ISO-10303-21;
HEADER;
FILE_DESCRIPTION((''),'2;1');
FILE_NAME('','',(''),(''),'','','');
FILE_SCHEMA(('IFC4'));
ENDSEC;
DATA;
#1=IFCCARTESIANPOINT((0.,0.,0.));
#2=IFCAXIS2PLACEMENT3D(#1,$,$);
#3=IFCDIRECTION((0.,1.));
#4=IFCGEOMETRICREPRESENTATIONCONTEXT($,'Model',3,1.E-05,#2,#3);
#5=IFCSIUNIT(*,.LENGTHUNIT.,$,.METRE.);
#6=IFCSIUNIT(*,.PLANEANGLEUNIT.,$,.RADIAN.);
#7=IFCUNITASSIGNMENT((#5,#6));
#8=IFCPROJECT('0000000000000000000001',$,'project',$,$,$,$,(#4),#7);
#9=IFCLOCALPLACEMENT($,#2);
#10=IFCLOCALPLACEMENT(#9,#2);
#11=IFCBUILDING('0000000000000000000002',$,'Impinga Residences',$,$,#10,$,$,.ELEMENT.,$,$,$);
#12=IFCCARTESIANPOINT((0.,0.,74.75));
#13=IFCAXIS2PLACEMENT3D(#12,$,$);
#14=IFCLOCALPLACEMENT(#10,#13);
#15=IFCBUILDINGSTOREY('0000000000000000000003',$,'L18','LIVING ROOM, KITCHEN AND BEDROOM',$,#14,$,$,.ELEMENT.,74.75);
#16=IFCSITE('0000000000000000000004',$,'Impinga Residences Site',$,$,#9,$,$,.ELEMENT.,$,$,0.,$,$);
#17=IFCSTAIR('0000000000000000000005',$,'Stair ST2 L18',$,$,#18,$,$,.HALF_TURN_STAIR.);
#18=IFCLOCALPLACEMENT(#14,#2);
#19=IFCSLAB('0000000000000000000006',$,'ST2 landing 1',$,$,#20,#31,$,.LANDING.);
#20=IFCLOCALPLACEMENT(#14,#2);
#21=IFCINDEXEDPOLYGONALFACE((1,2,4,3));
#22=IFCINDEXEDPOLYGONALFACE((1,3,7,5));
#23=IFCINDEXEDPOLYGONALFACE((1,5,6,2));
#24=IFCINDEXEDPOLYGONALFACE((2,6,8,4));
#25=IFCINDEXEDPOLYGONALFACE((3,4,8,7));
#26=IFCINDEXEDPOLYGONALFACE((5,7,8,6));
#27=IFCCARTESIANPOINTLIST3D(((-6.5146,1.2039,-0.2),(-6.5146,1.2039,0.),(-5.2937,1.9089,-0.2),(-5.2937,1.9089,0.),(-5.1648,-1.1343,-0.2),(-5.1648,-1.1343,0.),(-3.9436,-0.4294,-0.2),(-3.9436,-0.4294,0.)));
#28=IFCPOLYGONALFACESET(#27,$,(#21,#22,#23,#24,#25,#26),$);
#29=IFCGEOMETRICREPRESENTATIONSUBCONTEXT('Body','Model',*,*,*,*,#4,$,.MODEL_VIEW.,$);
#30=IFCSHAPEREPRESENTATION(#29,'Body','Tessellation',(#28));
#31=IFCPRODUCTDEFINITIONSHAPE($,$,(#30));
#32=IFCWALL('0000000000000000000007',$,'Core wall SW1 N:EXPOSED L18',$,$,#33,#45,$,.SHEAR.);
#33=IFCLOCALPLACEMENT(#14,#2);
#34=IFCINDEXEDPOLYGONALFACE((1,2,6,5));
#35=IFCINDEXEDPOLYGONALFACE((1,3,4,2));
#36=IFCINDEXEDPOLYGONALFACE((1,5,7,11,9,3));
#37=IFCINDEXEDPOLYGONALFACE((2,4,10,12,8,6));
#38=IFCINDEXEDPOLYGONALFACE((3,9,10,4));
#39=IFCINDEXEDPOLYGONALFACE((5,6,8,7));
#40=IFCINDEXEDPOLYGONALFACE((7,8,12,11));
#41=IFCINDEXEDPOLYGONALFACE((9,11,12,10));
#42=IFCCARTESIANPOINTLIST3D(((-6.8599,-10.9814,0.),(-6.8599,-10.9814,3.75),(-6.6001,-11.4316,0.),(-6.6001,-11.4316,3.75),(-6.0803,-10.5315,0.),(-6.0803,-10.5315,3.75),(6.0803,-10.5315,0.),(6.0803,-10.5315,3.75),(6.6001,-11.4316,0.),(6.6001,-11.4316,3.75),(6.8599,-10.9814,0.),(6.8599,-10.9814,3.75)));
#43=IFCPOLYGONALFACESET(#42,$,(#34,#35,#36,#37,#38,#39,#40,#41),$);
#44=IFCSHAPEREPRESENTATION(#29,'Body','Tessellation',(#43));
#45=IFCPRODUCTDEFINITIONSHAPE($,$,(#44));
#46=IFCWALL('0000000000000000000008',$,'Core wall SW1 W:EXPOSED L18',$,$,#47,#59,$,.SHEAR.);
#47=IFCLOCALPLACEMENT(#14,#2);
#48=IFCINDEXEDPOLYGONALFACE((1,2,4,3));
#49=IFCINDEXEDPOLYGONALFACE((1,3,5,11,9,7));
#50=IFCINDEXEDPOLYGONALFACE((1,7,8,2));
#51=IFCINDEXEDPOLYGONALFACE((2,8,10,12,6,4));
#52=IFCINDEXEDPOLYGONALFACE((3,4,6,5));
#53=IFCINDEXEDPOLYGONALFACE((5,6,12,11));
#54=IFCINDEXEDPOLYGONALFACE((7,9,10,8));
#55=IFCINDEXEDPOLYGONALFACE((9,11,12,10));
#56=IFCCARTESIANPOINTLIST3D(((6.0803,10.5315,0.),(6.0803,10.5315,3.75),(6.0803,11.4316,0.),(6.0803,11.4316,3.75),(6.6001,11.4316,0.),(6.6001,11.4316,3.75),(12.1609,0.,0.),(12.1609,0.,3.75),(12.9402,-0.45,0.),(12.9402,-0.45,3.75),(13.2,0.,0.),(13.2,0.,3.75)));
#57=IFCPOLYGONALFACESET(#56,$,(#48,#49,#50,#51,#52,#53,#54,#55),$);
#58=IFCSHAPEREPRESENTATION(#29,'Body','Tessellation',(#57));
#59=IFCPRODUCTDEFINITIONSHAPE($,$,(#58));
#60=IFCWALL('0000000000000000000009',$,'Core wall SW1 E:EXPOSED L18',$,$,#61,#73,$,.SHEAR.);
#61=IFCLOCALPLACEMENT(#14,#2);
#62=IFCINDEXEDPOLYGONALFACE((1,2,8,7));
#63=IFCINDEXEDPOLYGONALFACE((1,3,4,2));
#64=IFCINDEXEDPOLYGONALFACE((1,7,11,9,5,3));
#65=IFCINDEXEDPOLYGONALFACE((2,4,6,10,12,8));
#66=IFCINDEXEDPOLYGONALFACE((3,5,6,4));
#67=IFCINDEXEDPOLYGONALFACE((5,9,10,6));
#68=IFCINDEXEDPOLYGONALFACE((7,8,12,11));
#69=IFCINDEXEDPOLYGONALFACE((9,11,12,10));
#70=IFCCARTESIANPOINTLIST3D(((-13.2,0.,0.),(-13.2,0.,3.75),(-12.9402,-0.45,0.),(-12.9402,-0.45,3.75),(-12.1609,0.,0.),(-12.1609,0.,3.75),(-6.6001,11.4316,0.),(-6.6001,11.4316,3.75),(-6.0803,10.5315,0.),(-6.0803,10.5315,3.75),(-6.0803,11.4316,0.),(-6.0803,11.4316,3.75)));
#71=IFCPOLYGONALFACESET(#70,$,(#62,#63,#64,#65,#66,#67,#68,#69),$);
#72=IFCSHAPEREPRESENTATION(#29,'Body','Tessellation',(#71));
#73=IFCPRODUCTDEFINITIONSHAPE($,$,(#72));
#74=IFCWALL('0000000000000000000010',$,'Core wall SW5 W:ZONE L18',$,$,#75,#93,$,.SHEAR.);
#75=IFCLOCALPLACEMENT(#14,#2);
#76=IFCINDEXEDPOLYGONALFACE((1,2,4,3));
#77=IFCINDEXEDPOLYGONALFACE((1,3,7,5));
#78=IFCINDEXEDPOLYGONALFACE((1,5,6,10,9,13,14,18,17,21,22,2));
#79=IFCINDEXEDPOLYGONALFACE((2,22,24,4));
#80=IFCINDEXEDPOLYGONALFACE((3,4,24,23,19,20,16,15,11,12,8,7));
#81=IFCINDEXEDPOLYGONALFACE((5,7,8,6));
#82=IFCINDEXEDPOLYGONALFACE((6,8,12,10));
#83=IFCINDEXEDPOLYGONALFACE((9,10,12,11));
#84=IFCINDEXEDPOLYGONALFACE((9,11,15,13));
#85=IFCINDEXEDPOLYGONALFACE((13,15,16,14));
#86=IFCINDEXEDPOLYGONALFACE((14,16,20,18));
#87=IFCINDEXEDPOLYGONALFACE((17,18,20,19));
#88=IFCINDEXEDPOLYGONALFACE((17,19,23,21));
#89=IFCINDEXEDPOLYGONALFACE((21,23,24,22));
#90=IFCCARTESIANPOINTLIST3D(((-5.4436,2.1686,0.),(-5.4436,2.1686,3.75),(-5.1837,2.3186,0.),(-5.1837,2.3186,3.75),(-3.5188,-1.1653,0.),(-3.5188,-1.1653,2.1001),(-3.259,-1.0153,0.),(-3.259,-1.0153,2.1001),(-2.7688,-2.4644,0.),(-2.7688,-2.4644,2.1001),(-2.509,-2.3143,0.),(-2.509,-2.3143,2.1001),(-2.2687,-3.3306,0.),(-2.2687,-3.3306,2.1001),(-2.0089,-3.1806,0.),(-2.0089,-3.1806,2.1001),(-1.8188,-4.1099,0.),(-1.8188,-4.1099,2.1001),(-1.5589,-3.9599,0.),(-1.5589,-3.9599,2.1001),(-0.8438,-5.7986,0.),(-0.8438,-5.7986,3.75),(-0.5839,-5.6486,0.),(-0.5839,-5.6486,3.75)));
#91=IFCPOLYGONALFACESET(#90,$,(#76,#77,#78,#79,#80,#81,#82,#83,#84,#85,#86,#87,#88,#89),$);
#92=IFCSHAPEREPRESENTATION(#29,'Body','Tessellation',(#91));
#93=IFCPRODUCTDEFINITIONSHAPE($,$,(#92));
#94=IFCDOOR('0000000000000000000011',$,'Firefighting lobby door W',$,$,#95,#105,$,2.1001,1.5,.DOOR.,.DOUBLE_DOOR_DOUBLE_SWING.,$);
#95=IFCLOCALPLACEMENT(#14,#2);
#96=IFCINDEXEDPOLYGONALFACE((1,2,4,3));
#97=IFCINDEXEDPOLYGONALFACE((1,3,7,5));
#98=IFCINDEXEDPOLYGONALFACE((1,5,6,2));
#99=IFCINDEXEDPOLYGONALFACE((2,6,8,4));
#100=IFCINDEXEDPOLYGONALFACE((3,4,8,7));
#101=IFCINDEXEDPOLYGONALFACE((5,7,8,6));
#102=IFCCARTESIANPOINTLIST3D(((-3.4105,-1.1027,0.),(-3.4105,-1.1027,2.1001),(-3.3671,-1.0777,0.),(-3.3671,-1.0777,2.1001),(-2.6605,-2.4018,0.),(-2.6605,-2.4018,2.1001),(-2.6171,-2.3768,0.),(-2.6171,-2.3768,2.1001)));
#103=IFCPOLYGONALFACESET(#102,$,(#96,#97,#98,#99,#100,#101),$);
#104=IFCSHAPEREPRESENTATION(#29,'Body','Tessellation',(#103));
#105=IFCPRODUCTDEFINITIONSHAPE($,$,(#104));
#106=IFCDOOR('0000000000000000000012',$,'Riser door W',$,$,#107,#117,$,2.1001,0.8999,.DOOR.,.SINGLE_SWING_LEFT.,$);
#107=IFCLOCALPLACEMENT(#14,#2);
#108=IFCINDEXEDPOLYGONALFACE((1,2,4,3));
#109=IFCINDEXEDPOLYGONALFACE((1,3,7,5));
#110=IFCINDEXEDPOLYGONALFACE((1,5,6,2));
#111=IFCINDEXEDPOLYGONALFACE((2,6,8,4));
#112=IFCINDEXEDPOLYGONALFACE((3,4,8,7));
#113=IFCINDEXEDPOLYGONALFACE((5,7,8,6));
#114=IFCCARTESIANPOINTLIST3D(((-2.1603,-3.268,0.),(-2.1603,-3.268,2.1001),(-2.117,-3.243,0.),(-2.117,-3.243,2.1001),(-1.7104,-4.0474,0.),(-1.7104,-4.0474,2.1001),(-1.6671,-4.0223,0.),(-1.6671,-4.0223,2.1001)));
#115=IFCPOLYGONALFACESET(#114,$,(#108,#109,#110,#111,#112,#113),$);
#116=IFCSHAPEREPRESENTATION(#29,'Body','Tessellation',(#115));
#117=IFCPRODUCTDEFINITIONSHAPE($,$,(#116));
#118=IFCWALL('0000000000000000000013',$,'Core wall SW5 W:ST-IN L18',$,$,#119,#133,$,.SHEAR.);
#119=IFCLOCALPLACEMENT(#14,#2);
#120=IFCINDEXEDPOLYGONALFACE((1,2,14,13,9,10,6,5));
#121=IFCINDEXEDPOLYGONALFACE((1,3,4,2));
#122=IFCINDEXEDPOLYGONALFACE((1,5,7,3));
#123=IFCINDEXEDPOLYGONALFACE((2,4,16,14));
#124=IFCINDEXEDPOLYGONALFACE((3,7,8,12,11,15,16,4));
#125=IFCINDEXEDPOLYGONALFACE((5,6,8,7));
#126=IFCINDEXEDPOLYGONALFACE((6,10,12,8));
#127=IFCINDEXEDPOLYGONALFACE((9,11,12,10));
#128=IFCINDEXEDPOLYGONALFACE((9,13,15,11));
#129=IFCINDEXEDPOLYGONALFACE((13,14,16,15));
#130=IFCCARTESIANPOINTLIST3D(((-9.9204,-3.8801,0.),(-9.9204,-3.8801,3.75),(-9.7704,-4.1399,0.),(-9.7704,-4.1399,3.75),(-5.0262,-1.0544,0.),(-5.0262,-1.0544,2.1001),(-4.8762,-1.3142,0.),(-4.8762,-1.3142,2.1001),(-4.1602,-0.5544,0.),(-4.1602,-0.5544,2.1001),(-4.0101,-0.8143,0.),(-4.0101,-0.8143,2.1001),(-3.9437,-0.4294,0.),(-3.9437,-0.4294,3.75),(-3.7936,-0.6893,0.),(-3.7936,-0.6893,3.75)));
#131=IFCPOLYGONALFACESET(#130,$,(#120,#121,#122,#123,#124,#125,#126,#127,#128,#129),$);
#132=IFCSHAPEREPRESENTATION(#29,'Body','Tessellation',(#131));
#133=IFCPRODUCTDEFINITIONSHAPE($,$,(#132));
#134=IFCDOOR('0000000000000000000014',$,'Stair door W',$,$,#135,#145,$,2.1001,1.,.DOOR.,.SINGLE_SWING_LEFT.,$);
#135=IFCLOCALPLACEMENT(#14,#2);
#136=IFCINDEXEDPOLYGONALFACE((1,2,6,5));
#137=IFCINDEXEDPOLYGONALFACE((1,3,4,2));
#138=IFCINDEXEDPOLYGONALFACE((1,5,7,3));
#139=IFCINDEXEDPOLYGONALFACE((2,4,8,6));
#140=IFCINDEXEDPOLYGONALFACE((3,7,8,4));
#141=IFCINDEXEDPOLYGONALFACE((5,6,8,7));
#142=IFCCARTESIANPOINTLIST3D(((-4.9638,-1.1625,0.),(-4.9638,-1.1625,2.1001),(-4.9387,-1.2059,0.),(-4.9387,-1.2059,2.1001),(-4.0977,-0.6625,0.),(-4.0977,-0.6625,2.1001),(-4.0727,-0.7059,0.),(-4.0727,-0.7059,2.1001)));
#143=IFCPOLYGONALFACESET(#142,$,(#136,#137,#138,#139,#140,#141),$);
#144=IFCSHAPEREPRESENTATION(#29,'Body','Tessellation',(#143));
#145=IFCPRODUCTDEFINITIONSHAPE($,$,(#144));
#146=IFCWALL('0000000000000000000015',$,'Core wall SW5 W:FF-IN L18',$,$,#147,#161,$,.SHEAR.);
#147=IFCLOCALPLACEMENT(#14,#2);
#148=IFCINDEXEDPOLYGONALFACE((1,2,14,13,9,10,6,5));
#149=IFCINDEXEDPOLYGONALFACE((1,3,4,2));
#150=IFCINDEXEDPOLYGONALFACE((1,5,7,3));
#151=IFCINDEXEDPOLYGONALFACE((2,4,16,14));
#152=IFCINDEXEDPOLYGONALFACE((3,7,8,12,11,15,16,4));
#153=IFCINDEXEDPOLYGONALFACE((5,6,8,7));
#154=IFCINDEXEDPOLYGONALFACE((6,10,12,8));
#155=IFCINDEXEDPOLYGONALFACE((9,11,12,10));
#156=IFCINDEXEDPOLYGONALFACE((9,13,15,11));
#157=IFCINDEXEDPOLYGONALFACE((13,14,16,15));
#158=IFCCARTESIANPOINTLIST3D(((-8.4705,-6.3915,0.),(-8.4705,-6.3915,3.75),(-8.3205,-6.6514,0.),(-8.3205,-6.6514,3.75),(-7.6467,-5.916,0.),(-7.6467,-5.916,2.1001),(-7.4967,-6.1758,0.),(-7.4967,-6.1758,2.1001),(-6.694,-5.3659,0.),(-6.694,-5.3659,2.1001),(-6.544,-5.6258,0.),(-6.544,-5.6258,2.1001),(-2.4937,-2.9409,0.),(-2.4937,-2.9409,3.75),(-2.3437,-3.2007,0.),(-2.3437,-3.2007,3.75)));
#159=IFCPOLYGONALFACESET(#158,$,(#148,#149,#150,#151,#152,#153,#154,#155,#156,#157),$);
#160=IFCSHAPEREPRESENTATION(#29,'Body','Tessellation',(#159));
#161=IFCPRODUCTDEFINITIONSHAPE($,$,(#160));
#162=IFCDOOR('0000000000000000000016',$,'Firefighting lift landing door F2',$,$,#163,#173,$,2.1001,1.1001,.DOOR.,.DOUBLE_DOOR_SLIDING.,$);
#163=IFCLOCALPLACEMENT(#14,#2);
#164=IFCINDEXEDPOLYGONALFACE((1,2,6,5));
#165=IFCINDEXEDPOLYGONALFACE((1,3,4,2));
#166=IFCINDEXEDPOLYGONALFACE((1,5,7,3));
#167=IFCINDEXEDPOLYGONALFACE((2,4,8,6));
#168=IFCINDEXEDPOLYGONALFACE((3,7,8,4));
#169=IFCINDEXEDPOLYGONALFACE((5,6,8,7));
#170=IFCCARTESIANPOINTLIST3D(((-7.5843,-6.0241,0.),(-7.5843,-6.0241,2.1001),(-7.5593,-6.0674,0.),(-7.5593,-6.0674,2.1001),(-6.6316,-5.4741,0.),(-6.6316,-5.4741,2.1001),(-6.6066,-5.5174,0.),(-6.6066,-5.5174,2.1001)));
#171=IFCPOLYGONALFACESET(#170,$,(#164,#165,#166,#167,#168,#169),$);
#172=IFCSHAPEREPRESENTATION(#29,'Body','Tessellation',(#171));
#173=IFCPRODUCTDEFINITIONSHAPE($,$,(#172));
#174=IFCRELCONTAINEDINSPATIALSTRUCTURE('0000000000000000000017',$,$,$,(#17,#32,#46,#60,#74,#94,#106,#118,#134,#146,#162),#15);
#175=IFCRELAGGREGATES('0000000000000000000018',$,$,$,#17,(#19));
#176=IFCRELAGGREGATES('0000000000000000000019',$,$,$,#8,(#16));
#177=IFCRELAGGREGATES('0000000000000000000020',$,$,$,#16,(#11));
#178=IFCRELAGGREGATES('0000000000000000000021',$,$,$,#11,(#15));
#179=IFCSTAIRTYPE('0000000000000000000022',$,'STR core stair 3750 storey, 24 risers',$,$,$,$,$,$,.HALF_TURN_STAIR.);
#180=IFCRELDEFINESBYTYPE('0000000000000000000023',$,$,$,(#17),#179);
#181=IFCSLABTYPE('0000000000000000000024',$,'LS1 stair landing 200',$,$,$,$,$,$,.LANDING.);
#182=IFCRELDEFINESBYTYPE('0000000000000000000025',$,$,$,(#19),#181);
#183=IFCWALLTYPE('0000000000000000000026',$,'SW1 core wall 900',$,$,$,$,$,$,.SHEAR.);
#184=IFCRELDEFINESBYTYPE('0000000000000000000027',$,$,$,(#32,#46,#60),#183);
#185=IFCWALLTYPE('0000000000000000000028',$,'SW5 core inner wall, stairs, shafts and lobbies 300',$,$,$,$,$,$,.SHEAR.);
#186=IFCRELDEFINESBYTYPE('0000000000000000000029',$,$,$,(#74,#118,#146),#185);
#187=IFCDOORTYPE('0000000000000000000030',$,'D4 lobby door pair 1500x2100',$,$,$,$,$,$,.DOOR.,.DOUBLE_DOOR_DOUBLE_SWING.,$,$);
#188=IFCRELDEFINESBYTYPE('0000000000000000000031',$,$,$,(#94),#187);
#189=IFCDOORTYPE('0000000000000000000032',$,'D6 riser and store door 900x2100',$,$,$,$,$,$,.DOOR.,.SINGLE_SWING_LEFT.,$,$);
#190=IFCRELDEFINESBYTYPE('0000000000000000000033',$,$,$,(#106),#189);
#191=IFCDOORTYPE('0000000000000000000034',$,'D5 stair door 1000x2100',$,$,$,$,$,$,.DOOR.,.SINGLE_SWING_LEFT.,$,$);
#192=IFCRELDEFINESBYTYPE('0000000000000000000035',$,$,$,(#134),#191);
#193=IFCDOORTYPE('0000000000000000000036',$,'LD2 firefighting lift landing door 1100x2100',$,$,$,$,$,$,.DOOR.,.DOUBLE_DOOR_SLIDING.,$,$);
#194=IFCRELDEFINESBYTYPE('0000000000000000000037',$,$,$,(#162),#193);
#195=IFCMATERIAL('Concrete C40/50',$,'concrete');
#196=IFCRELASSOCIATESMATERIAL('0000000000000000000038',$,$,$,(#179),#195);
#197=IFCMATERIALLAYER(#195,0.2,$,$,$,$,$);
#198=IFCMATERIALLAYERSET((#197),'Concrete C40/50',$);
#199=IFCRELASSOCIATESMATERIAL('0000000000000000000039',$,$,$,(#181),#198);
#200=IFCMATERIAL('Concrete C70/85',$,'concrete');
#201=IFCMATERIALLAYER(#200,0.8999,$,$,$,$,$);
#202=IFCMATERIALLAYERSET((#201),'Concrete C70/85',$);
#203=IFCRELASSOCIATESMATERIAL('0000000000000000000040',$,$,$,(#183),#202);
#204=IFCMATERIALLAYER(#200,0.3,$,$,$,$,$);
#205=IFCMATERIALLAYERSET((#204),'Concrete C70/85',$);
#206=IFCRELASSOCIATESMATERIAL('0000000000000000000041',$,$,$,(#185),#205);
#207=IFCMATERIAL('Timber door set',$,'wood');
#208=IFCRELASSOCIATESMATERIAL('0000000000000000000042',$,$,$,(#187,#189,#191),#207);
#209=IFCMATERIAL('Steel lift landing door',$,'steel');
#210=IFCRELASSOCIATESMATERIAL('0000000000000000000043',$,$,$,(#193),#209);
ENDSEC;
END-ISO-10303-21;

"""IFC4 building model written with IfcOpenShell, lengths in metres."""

from ifc_helpers import new_model, si_unit, direction, frame, frame_2d, origin, place, context, subcontext, project, spatial, polyline, rectangle, outline, extrude, material, layer, layer_set, type_object, element, fill, aggregate, save


model = new_model("IFC4")

# Units and contexts
model_context = context("Model", 3, precision=1e-05, world=origin(), true_north=direction((0.0, 1.0)))
body_context = subcontext(model_context, "Body", "Model", "MODEL_VIEW")
ifc_project = project(units=[si_unit("LENGTHUNIT", "METRE"), si_unit("PLANEANGLEUNIT", "RADIAN")], contexts=[model_context])

# Site, building, storey
site_placement = place(None, origin())
site = spatial("IfcSite", under=ifc_project, at=site_placement, Name="Impinga Residences Site", CompositionType="ELEMENT", RefElevation=0.0)
building_placement = place(site_placement, origin())
building = spatial("IfcBuilding", under=site, at=building_placement, Name="Impinga Residences", CompositionType="ELEMENT")
storey_placement = place(building_placement, frame((0.0, 0.0, 74.75)))
storey = spatial("IfcBuildingStorey", under=building, at=storey_placement, Name="L18", Description="LIVING ROOM, KITCHEN AND BEDROOM", CompositionType="ELEMENT", Elevation=74.75)

# Shared definitions
ifc_material_1 = material(Name="Concrete C40/50", Category="concrete")
stair_type = type_object("IfcStairType", Name="STR core stair 3750 storey, 24 risers", PredefinedType="HALF_TURN_STAIR", material=ifc_material_1)
ifc_layer_1 = layer(ifc_material_1, 0.2)
ifc_layer_set_1 = layer_set([ifc_layer_1], Name="Concrete C40/50")
slab_type_1 = type_object("IfcSlabType", Name="LS1 stair landing 200", PredefinedType="LANDING", material=ifc_layer_set_1)

# Stair, slab
stair_1_placement = place(storey_placement, origin())
stair_1 = element("IfcStair", 1, at=stair_1_placement, inside=storey, type_object=stair_type, Name="Stair ST2 L18", PredefinedType="HALF_TURN_STAIR")
slab_1_placement = place(storey_placement, frame((0.0, 0.0, -0.2)))
slab_1 = element("IfcSlab", 2, at=slab_1_placement, type_object=slab_type_1, Name="ST2 landing 1", PredefinedType="LANDING", context=body_context, shape_type="SweptSolid", body=[
    extrude(outline(polyline([(-3.9436, -0.4294), (-5.2937, 1.9089), (-6.5146, 1.2039), (-5.1648, -1.1343), (-3.9436, -0.4294)])), origin(), (0.0, 0.0, 1.0), 0.2),
])

# Walls
ifc_material_2 = material(Name="Concrete C70/85", Category="concrete")
ifc_layer_2 = layer(ifc_material_2, 0.8999)
ifc_layer_set_2 = layer_set([ifc_layer_2], Name="Concrete C70/85")
wall_type_1 = type_object("IfcWallType", Name="SW1 core wall 900", PredefinedType="SHEAR", material=ifc_layer_set_2)
wall_1_placement = place(storey_placement, origin())
element("IfcWall", 3, at=wall_1_placement, inside=storey, type_object=wall_type_1, Name="Core wall SW1 N:EXPOSED L18", PredefinedType="SHEAR", context=body_context, shape_type="SweptSolid", body=[
    extrude(outline(polyline([(-6.6001, -11.4316), (6.6001, -11.4316), (6.8599, -10.9814), (6.0803, -10.5315), (-6.0803, -10.5315), (-6.8599, -10.9814), (-6.6001, -11.4316)])), origin(), (0.0, 0.0, 1.0), 3.75),
])
wall_2_placement = place(storey_placement, origin())
element("IfcWall", 4, at=wall_2_placement, inside=storey, type_object=wall_type_1, Name="Core wall SW1 W:EXPOSED L18", PredefinedType="SHEAR", context=body_context, shape_type="SweptSolid", body=[
    extrude(outline(polyline([(13.2, 0.0), (6.6001, 11.4316), (6.0803, 11.4316), (6.0803, 10.5315), (12.1609, 0.0), (12.9402, -0.45), (13.2, 0.0)])), origin(), (0.0, 0.0, 1.0), 3.75),
])
wall_3_placement = place(storey_placement, origin())
element("IfcWall", 5, at=wall_3_placement, inside=storey, type_object=wall_type_1, Name="Core wall SW1 E:EXPOSED L18", PredefinedType="SHEAR", context=body_context, shape_type="SweptSolid", body=[
    extrude(outline(polyline([(-6.6001, 11.4316), (-13.2, 0.0), (-12.9402, -0.45), (-12.1609, 0.0), (-6.0803, 10.5315), (-6.0803, 11.4316), (-6.6001, 11.4316)])), origin(), (0.0, 0.0, 1.0), 3.75),
])

# Wall, openings, doors
ifc_layer_3 = layer(ifc_material_2, 0.3)
ifc_layer_set_3 = layer_set([ifc_layer_3], Name="Concrete C70/85")
wall_type_2 = type_object("IfcWallType", Name="SW5 core inner wall, stairs, shafts and lobbies 300", PredefinedType="SHEAR", material=ifc_layer_set_3)
wall_4_placement = place(storey_placement, frame((-0.7139, -5.7236, 0.0), z_axis=(0.0, 0.0, 1.0), x_axis=(-0.499995, 0.866028, 0.0)))
wall_4 = element("IfcWall", 6, at=wall_4_placement, inside=storey, type_object=wall_type_2, Name="Core wall SW5 W:ZONE L18", PredefinedType="SHEAR", context=body_context, shape_type="SweptSolid", body=[
    extrude(rectangle(XDim=9.1997, YDim=0.3, at=frame_2d((4.5999, 0.0))), origin(), (0.0, 0.0, 1.0), 3.75),
])
opening_1_placement = place(wall_4_placement, frame((3.8501, 0.0, 0.0)))
opening_1 = element("IfcOpeningElement", 7, at=opening_1_placement, cuts=wall_4, PredefinedType="OPENING", context=body_context, shape_type="SweptSolid", body=[
    extrude(rectangle(XDim=1.5, YDim=2.1001, at=frame_2d((0.75, 1.05))), frame((0.0, 0.1599, 0.0), z_axis=(0.0, -1.0, 0.0), x_axis=(1.0, 0.0, 0.0)), (0.0, 0.0, 1.0), 0.3201),
])
opening_2_placement = place(wall_4_placement, frame((1.95, 0.0, 0.0)))
opening_2 = element("IfcOpeningElement", 8, at=opening_2_placement, cuts=wall_4, PredefinedType="OPENING", context=body_context, shape_type="SweptSolid", body=[
    extrude(rectangle(XDim=0.8999, YDim=2.1001, at=frame_2d((0.45, 1.05))), frame((0.0, 0.1599, 0.0), z_axis=(0.0, -1.0, 0.0), x_axis=(1.0, 0.0, 0.0)), (0.0, 0.0, 1.0), 0.3201),
])
ifc_material_3 = material(Name="Timber door set", Category="wood")
door_type_1 = type_object("IfcDoorType", Name="D4 lobby door pair 1500x2100", OperationType="DOUBLE_DOOR_DOUBLE_SWING", PredefinedType="DOOR", material=ifc_material_3)
door_1_placement = place(opening_1_placement, origin())
door_1 = element("IfcDoor", 9, at=door_1_placement, inside=storey, type_object=door_type_1, Name="Firefighting lobby door W", OperationType="DOUBLE_DOOR_DOUBLE_SWING", OverallHeight=2.1001, OverallWidth=1.5, PredefinedType="DOOR", context=body_context, shape_type="SweptSolid", body=[
    extrude(rectangle(XDim=1.5, YDim=2.1001, at=frame_2d((0.75, 1.05))), frame((0.0, 0.0249, 0.0), z_axis=(0.0, -1.0, 0.0), x_axis=(1.0, 0.0, 0.0)), (0.0, 0.0, 1.0), 0.05),
])
fill(opening_1, door_1)
door_type_2 = type_object("IfcDoorType", Name="D6 riser and store door 900x2100", OperationType="SINGLE_SWING_LEFT", PredefinedType="DOOR", material=ifc_material_3)
door_2_placement = place(opening_2_placement, origin())
door_2 = element("IfcDoor", 10, at=door_2_placement, inside=storey, type_object=door_type_2, Name="Riser door W", OperationType="SINGLE_SWING_LEFT", OverallHeight=2.1001, OverallWidth=0.8999, PredefinedType="DOOR", context=body_context, shape_type="SweptSolid", body=[
    extrude(rectangle(XDim=0.8999, YDim=2.1001, at=frame_2d((0.45, 1.05))), frame((0.0, 0.0249, 0.0), z_axis=(0.0, -1.0, 0.0), x_axis=(1.0, 0.0, 0.0)), (0.0, 0.0, 1.0), 0.05),
])
fill(opening_2, door_2)

# Walls, openings, doors
wall_5_placement = place(storey_placement, frame((-3.8687, -0.5593, 0.0), z_axis=(0.0, 0.0, 1.0), x_axis=(-0.866027, -0.499997, 0.0)))
wall_5 = element("IfcWall", 11, at=wall_5_placement, inside=storey, type_object=wall_type_2, Name="Core wall SW5 W:ST-IN L18", PredefinedType="SHEAR", context=body_context, shape_type="SweptSolid", body=[
    extrude(rectangle(XDim=6.9014, YDim=0.3, at=frame_2d((3.4507, 0.0))), origin(), (0.0, 0.0, 1.0), 3.75),
])
opening_3_placement = place(wall_5_placement, frame((0.25, 0.0, 0.0)))
opening_3 = element("IfcOpeningElement", 12, at=opening_3_placement, cuts=wall_5, PredefinedType="OPENING", context=body_context, shape_type="SweptSolid", body=[
    extrude(rectangle(XDim=1.0, YDim=2.1001, at=frame_2d((0.5, 1.05))), frame((0.0, 0.1599, 0.0), z_axis=(0.0, -1.0, 0.0), x_axis=(1.0, 0.0, 0.0)), (0.0, 0.0, 1.0), 0.3201),
])
door_type_3 = type_object("IfcDoorType", Name="D5 stair door 1000x2100", OperationType="SINGLE_SWING_LEFT", PredefinedType="DOOR", material=ifc_material_3)
door_3_placement = place(opening_3_placement, origin())
door_3 = element("IfcDoor", 13, at=door_3_placement, inside=storey, type_object=door_type_3, Name="Stair door W", OperationType="SINGLE_SWING_LEFT", OverallHeight=2.1001, OverallWidth=1.0, PredefinedType="DOOR", context=body_context, shape_type="SweptSolid", body=[
    extrude(rectangle(XDim=1.0, YDim=2.1001, at=frame_2d((0.5, 1.05))), frame((0.0, 0.0249, 0.0), z_axis=(0.0, -1.0, 0.0), x_axis=(1.0, 0.0, 0.0)), (0.0, 0.0, 1.0), 0.05),
])
fill(opening_3, door_3)
wall_6_placement = place(storey_placement, frame((-2.4187, -3.0708, 0.0), z_axis=(0.0, 0.0, 1.0), x_axis=(-0.866027, -0.499997, 0.0)))
wall_6 = element("IfcWall", 14, at=wall_6_placement, inside=storey, type_object=wall_type_2, Name="Core wall SW5 W:FF-IN L18", PredefinedType="SHEAR", context=body_context, shape_type="SweptSolid", body=[
    extrude(rectangle(XDim=6.9014, YDim=0.3, at=frame_2d((3.4507, 0.0))), origin(), (0.0, 0.0, 1.0), 3.75),
])
opening_4_placement = place(wall_6_placement, frame((4.8501, 0.0, 0.0)))
opening_4 = element("IfcOpeningElement", 15, at=opening_4_placement, cuts=wall_6, PredefinedType="OPENING", context=body_context, shape_type="SweptSolid", body=[
    extrude(rectangle(XDim=1.1001, YDim=2.1001, at=frame_2d((0.55, 1.05))), frame((0.0, 0.1599, 0.0), z_axis=(0.0, -1.0, 0.0), x_axis=(1.0, 0.0, 0.0)), (0.0, 0.0, 1.0), 0.3201),
])
ifc_material_4 = material(Name="Steel lift landing door", Category="steel")
door_type_4 = type_object("IfcDoorType", Name="LD2 firefighting lift landing door 1100x2100", OperationType="DOUBLE_DOOR_SLIDING", PredefinedType="DOOR", material=ifc_material_4)
door_4_placement = place(opening_4_placement, origin())
door_4 = element("IfcDoor", 16, at=door_4_placement, inside=storey, type_object=door_type_4, Name="Firefighting lift landing door F2", OperationType="DOUBLE_DOOR_SLIDING", OverallHeight=2.1001, OverallWidth=1.1001, PredefinedType="DOOR", context=body_context, shape_type="SweptSolid", body=[
    extrude(rectangle(XDim=1.1001, YDim=2.1001, at=frame_2d((0.55, 1.05))), frame((0.0, 0.0249, 0.0), z_axis=(0.0, -1.0, 0.0), x_axis=(1.0, 0.0, 0.0)), (0.0, 0.0, 1.0), 0.05),
])
fill(opening_4, door_4)

aggregate(stair_1, [slab_1])

save(model, "model.ifc")
